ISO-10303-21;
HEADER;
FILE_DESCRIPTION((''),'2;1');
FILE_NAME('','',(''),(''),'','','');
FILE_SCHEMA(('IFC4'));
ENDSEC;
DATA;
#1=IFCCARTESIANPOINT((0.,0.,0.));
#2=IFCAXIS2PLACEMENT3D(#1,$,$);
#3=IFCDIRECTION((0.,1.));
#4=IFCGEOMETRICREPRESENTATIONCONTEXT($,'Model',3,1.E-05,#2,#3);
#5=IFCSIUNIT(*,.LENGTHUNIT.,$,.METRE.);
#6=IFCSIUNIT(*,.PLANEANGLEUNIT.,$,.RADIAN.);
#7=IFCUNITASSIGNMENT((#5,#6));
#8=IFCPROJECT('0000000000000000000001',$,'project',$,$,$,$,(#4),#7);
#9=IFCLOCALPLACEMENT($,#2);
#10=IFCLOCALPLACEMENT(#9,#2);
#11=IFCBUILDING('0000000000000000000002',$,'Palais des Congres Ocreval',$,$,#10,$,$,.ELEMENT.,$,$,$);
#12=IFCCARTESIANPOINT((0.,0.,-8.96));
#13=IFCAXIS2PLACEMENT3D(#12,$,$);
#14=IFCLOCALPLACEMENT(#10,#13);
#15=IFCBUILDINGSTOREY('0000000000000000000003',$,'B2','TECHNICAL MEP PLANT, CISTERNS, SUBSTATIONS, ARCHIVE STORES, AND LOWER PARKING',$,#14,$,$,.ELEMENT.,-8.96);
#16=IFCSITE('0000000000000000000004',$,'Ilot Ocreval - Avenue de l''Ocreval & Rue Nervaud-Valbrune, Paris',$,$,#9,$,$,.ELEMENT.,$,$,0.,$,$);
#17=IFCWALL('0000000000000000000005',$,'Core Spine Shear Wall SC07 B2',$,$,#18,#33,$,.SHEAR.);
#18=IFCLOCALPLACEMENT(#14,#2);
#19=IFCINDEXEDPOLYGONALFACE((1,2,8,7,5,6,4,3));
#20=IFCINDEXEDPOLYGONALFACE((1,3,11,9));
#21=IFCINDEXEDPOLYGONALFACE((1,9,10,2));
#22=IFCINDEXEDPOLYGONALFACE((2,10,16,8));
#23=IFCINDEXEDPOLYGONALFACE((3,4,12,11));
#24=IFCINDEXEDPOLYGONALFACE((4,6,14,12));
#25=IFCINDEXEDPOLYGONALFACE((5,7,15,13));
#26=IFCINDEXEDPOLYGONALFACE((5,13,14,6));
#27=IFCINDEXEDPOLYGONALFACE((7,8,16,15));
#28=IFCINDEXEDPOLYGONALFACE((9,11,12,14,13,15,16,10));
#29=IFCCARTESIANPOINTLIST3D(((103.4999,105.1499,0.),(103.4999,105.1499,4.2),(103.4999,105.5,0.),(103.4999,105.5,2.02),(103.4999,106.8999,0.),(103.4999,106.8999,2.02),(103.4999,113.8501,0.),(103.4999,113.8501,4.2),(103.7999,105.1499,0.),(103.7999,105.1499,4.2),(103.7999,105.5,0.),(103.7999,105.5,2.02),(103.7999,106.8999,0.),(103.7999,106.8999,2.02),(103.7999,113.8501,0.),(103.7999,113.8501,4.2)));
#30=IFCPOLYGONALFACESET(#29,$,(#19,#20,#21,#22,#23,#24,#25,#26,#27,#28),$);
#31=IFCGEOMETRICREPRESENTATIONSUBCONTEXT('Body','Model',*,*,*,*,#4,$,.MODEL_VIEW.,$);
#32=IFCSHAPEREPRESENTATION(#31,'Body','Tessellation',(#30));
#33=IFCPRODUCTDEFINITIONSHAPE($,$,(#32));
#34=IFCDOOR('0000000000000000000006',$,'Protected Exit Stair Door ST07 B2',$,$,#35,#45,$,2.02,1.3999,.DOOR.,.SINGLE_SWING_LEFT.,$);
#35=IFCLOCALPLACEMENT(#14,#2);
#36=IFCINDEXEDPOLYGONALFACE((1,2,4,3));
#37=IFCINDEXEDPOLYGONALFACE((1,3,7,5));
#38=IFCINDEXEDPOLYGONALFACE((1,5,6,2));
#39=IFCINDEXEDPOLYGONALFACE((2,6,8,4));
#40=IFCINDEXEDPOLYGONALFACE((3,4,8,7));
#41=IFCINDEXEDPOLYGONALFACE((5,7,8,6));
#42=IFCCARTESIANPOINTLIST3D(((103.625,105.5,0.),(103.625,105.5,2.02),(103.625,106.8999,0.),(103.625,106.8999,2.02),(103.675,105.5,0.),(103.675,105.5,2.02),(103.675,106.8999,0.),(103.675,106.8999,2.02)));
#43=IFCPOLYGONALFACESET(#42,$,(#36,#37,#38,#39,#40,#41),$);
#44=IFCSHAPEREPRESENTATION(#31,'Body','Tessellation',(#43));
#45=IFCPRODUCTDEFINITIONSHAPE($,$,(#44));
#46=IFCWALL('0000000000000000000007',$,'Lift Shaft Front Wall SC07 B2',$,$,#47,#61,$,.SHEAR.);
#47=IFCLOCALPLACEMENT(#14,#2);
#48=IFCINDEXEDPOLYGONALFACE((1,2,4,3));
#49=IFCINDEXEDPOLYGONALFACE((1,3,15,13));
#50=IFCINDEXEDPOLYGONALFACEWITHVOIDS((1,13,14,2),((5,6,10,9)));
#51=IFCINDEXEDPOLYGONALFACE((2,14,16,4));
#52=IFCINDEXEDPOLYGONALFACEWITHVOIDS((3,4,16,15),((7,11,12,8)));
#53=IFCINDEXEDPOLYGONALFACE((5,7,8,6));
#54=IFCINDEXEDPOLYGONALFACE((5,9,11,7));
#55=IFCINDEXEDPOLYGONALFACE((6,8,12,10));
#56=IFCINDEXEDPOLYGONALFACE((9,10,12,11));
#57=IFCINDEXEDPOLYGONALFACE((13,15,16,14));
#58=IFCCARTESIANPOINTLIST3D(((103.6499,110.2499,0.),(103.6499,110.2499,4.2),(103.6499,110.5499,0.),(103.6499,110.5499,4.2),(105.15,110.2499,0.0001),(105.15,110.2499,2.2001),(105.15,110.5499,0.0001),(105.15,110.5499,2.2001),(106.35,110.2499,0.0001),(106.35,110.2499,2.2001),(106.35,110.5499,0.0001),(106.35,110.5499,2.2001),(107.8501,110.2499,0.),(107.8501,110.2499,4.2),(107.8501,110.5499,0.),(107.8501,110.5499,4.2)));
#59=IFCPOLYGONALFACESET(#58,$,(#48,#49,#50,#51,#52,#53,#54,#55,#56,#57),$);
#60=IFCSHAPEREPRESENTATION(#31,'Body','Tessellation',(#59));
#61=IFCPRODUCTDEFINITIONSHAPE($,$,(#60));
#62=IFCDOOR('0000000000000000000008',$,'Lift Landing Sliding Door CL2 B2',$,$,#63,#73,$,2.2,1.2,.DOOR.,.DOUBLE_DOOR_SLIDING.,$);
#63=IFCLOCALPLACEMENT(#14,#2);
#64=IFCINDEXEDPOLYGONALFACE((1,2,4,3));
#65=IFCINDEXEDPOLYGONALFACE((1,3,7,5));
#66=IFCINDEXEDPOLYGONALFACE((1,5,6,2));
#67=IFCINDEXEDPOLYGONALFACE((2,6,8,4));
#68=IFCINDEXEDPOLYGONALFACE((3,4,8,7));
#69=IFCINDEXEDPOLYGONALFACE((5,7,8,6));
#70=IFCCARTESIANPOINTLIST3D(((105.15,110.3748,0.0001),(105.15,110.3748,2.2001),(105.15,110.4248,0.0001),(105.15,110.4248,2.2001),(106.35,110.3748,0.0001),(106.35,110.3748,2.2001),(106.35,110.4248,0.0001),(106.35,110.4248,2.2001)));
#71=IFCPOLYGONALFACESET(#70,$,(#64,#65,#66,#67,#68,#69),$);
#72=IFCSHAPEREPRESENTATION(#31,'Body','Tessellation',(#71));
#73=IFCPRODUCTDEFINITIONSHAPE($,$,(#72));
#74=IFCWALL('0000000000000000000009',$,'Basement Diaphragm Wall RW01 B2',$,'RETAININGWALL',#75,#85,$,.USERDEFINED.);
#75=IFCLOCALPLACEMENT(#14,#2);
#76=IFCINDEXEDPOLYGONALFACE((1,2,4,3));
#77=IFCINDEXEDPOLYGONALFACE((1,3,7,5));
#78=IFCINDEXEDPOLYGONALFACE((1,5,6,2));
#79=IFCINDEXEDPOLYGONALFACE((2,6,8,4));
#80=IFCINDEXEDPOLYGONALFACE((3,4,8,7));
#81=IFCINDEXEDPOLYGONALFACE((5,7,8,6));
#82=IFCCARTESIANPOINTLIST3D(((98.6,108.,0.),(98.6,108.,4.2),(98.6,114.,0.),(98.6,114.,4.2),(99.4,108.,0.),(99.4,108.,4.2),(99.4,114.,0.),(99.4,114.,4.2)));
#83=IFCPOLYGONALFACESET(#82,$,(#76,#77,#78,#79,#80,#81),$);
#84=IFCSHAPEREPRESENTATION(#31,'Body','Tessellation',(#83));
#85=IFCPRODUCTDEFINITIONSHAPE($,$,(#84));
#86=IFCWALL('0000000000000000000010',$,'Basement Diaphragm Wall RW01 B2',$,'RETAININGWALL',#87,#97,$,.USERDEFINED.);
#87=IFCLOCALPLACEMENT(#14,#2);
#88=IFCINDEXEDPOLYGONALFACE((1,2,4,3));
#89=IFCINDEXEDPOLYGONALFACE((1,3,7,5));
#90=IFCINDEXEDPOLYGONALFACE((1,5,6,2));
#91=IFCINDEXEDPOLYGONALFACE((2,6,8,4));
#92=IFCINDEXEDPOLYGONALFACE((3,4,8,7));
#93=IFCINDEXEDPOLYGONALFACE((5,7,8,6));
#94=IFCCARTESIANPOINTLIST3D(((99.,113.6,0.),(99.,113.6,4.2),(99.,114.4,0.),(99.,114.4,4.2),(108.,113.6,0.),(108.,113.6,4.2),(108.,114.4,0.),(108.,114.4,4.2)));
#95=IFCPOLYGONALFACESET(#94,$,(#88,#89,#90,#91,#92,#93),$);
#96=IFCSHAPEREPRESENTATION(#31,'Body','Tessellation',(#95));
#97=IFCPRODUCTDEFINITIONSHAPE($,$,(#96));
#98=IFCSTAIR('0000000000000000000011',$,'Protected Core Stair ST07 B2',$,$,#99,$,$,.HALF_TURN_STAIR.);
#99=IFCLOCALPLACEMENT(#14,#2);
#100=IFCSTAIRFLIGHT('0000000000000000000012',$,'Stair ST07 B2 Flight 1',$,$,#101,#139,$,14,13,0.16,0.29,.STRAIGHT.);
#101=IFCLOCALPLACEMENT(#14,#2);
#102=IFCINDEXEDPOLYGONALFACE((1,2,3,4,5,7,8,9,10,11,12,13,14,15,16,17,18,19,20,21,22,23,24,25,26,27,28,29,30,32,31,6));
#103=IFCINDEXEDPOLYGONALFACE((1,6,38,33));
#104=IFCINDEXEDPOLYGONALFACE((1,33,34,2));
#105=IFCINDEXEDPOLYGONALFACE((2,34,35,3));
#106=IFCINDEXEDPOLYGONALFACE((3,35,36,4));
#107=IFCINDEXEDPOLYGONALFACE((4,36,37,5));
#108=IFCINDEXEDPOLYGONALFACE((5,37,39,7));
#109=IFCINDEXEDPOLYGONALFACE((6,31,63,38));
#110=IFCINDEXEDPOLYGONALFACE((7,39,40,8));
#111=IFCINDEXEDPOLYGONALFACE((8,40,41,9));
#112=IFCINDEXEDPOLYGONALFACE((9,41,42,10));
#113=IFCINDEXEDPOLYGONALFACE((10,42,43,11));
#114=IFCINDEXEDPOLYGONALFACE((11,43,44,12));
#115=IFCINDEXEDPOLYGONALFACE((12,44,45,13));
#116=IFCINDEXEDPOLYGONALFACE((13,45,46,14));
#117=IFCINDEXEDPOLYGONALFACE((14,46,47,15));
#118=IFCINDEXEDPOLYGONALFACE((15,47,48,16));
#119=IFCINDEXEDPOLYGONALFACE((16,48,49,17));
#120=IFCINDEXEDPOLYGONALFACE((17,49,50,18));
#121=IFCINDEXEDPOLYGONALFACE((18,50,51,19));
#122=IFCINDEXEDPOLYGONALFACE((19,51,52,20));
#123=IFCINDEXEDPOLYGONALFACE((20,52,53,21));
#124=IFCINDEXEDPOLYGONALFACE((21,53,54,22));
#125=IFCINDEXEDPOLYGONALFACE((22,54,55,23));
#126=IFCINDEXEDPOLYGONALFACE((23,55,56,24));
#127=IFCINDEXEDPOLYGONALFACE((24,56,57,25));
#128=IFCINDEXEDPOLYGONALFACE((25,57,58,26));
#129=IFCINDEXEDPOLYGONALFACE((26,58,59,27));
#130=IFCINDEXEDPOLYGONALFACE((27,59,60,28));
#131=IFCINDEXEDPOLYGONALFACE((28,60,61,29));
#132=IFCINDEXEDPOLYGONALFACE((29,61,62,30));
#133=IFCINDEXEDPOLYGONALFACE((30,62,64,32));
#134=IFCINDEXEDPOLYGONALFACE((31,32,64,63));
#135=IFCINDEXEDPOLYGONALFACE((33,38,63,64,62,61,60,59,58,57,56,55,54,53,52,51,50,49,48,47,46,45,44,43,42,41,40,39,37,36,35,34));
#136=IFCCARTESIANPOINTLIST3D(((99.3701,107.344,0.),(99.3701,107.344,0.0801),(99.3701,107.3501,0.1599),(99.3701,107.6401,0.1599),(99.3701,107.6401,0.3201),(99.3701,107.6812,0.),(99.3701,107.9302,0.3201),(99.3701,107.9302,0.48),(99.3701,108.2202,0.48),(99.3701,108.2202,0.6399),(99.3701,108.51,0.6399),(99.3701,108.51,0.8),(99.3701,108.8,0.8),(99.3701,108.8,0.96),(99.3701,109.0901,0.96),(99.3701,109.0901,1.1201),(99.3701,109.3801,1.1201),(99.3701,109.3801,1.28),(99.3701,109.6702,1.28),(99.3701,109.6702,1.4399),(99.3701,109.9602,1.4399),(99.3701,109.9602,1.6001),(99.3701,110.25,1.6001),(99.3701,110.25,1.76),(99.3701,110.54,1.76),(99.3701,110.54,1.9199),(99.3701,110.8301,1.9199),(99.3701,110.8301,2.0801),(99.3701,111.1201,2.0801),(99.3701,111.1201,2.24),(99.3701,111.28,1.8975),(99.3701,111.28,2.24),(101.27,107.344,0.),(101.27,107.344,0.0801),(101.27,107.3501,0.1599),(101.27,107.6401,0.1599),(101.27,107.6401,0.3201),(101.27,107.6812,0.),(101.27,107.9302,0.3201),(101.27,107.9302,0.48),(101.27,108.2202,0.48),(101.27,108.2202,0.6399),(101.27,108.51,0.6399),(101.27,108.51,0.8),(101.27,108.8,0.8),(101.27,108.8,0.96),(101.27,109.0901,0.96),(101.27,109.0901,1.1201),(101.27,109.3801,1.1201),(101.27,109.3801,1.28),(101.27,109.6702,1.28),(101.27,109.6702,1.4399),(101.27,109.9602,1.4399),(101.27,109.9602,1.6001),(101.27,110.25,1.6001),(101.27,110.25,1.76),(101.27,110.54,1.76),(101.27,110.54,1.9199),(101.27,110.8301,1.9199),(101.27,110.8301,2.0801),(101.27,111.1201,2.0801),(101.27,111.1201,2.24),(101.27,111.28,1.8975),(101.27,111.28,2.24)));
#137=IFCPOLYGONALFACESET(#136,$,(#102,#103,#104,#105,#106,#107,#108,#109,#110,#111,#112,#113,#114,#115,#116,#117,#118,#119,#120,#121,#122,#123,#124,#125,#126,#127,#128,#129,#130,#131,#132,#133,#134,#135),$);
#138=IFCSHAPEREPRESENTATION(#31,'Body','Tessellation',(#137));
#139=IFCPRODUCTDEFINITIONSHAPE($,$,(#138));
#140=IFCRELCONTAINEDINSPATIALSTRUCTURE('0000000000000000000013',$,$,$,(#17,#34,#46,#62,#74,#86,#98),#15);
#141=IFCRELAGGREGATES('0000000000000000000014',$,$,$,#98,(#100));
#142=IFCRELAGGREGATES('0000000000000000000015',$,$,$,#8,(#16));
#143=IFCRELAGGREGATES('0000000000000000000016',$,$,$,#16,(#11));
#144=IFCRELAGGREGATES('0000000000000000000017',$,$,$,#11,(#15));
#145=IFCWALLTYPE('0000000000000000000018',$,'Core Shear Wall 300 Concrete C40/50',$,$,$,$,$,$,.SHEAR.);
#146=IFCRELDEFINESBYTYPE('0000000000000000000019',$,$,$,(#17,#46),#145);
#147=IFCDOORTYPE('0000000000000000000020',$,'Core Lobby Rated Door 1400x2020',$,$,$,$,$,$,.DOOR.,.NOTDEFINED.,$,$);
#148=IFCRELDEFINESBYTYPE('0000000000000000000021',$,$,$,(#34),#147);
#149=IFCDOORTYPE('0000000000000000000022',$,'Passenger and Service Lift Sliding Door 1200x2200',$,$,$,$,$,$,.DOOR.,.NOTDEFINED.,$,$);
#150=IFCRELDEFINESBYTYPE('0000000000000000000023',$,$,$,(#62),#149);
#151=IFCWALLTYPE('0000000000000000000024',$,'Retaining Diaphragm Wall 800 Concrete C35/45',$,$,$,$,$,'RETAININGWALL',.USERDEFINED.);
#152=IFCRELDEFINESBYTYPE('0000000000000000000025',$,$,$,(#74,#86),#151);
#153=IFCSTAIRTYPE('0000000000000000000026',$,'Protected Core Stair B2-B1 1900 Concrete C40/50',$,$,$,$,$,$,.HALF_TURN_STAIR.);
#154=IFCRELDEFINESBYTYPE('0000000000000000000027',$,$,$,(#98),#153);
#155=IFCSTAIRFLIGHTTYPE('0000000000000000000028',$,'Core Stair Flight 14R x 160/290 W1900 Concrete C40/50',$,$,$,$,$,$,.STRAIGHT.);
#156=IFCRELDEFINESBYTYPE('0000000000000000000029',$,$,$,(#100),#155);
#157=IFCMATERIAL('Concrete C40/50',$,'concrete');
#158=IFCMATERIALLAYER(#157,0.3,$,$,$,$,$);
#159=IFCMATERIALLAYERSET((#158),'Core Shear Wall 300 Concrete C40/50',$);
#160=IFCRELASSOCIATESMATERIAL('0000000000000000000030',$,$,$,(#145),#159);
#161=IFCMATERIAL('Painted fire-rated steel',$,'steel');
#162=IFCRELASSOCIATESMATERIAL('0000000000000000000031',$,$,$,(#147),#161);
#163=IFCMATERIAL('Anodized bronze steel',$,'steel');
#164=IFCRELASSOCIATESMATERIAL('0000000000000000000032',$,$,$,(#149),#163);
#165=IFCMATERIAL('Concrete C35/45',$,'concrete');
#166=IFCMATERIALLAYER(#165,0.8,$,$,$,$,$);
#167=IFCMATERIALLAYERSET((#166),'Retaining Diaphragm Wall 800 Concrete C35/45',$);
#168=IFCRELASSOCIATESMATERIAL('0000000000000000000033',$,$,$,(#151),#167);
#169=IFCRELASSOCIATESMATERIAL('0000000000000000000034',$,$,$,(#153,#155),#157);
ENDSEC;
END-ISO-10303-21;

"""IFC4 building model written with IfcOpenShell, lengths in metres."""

from ifc_helpers import new_model, si_unit, direction, frame, frame_2d, origin, place, context, subcontext, project, spatial, polyline, rectangle, outline, extrude, material, layer, layer_set, type_object, element, fill, aggregate, save


model = new_model("IFC4")

# Units and contexts
model_context = context("Model", 3, precision=1e-05, world=origin(), true_north=direction((0.0, 1.0)))
body_context = subcontext(model_context, "Body", "Model", "MODEL_VIEW")
ifc_project = project(units=[si_unit("LENGTHUNIT", "METRE"), si_unit("PLANEANGLEUNIT", "RADIAN")], contexts=[model_context])

# Site, building, storey
site_placement = place(None, origin())
site = spatial("IfcSite", under=ifc_project, at=site_placement, Name="Ilot Ocreval - Avenue de l'Ocreval & Rue Nervaud-Valbrune, Paris", CompositionType="ELEMENT", RefElevation=0.0)
building_placement = place(site_placement, origin())
building = spatial("IfcBuilding", under=site, at=building_placement, Name="Palais des Congres Ocreval", CompositionType="ELEMENT")
storey_placement = place(building_placement, frame((0.0, 0.0, -8.96)))
storey = spatial("IfcBuildingStorey", under=building, at=storey_placement, Name="B2", Description="TECHNICAL MEP PLANT, CISTERNS, SUBSTATIONS, ARCHIVE STORES, AND LOWER PARKING", CompositionType="ELEMENT", Elevation=-8.96)

# Shared definitions
ifc_material_1 = material(Name="Concrete C35/45", Category="concrete")

# Walls, openings, doors
ifc_material_2 = material(Name="Concrete C40/50", Category="concrete")
ifc_layer_1 = layer(ifc_material_2, 0.3)
ifc_layer_set_1 = layer_set([ifc_layer_1], Name="Core Shear Wall 300 Concrete C40/50")
wall_type_1 = type_object("IfcWallType", Name="Core Shear Wall 300 Concrete C40/50", PredefinedType="SHEAR", material=ifc_layer_set_1)
ifc_material_3 = material(Name="Painted fire-rated steel", Category="steel")
door_type_1 = type_object("IfcDoorType", Name="Core Lobby Rated Door 1400x2020", OperationType="NOTDEFINED", PredefinedType="DOOR", material=ifc_material_3)
wall_1_placement = place(storey_placement, frame((103.6499, 105.1499, 0.0), z_axis=(0.0, 0.0, 1.0), x_axis=(0.0, 1.0, 0.0)))
wall_1 = element("IfcWall", 1, at=wall_1_placement, inside=storey, type_object=wall_type_1, Name="Core Spine Shear Wall SC07 B2", PredefinedType="SHEAR", context=body_context, shape_type="SweptSolid", body=[
    extrude(rectangle(XDim=8.7002, YDim=0.3, at=frame_2d((4.3501, 0.0))), origin(), (0.0, 0.0, 1.0), 4.2),
])
opening_1_placement = place(wall_1_placement, frame((0.3501, 0.0, 0.0)))
opening_1 = element("IfcOpeningElement", 2, at=opening_1_placement, cuts=wall_1, PredefinedType="OPENING", context=body_context, shape_type="SweptSolid", body=[
    extrude(rectangle(XDim=1.3999, YDim=2.02, at=frame_2d((0.7, 1.01))), frame((0.0, 0.1599, 0.0), z_axis=(0.0, -1.0, 0.0), x_axis=(1.0, 0.0, 0.0)), (0.0, 0.0, 1.0), 0.3201),
])
door_1_placement = place(opening_1_placement, origin())
door_1 = element("IfcDoor", 3, at=door_1_placement, inside=storey, type_object=door_type_1, Name="Protected Exit Stair Door ST07 B2", OperationType="SINGLE_SWING_LEFT", OverallHeight=2.02, OverallWidth=1.3999, PredefinedType="DOOR", context=body_context, shape_type="SweptSolid", body=[
    extrude(rectangle(XDim=1.3999, YDim=2.02, at=frame_2d((0.7, 1.01))), frame((0.0, 0.0249, 0.0), z_axis=(0.0, -1.0, 0.0), x_axis=(1.0, 0.0, 0.0)), (0.0, 0.0, 1.0), 0.05),
])
fill(opening_1, door_1)
wall_2_placement = place(storey_placement, frame((103.6499, 110.3999, 0.0), z_axis=(0.0, 0.0, 1.0), x_axis=(1.0, 0.0, 0.0)))
wall_2 = element("IfcWall", 4, at=wall_2_placement, inside=storey, type_object=wall_type_1, Name="Lift Shaft Front Wall SC07 B2", PredefinedType="SHEAR", context=body_context, shape_type="SweptSolid", body=[
    extrude(rectangle(XDim=4.2002, YDim=0.3, at=frame_2d((2.1001, 0.0))), origin(), (0.0, 0.0, 1.0), 4.2),
])
opening_2_placement = place(wall_2_placement, frame((1.5, 0.0, 0.0)))
opening_2 = element("IfcOpeningElement", 5, at=opening_2_placement, cuts=wall_2, PredefinedType="OPENING", context=body_context, shape_type="SweptSolid", body=[
    extrude(rectangle(XDim=1.2, YDim=2.2, at=frame_2d((0.6001, 1.1001))), frame((0.0, 0.1599, 0.0), z_axis=(0.0, -1.0, 0.0), x_axis=(1.0, 0.0, 0.0)), (0.0, 0.0, 1.0), 0.3201),
])
ifc_material_4 = material(Name="Anodized bronze steel", Category="steel")
door_type_2 = type_object("IfcDoorType", Name="Passenger and Service Lift Sliding Door 1200x2200", OperationType="NOTDEFINED", PredefinedType="DOOR", material=ifc_material_4)
door_2_placement = place(opening_2_placement, origin())
door_2 = element("IfcDoor", 6, at=door_2_placement, inside=storey, type_object=door_type_2, Name="Lift Landing Sliding Door CL2 B2", OperationType="DOUBLE_DOOR_SLIDING", OverallHeight=2.2, OverallWidth=1.2, PredefinedType="DOOR", context=body_context, shape_type="SweptSolid", body=[
    extrude(rectangle(XDim=1.2, YDim=2.2, at=frame_2d((0.6001, 1.1001))), frame((0.0, 0.0249, 0.0), z_axis=(0.0, -1.0, 0.0), x_axis=(1.0, 0.0, 0.0)), (0.0, 0.0, 1.0), 0.05),
])
fill(opening_2, door_2)

# Walls
ifc_layer_2 = layer(ifc_material_1, 0.8)
ifc_layer_set_2 = layer_set([ifc_layer_2], Name="Retaining Diaphragm Wall 800 Concrete C35/45")
wall_type_2 = type_object("IfcWallType", Name="Retaining Diaphragm Wall 800 Concrete C35/45", ElementType="RETAININGWALL", PredefinedType="USERDEFINED", material=ifc_layer_set_2)
wall_3_placement = place(storey_placement, frame((99.0, 108.0, 0.0), z_axis=(0.0, 0.0, 1.0), x_axis=(0.0, 1.0, 0.0)))
element("IfcWall", 7, at=wall_3_placement, inside=storey, type_object=wall_type_2, Name="Basement Diaphragm Wall RW01 B2", ObjectType="RETAININGWALL", PredefinedType="USERDEFINED", context=body_context, shape_type="SweptSolid", body=[
    extrude(rectangle(XDim=6.0, YDim=0.8, at=frame_2d((3.0, 0.0))), origin(), (0.0, 0.0, 1.0), 4.2),
])
wall_4_placement = place(storey_placement, frame((99.0, 114.0, 0.0), z_axis=(0.0, 0.0, 1.0), x_axis=(1.0, 0.0, 0.0)))
element("IfcWall", 8, at=wall_4_placement, inside=storey, type_object=wall_type_2, Name="Basement Diaphragm Wall RW01 B2", ObjectType="RETAININGWALL", PredefinedType="USERDEFINED", context=body_context, shape_type="SweptSolid", body=[
    extrude(rectangle(XDim=9.0, YDim=0.8, at=frame_2d((4.5, 0.0))), origin(), (0.0, 0.0, 1.0), 4.2),
])

# Stair, stair flight
stair_type = type_object("IfcStairType", Name="Protected Core Stair B2-B1 1900 Concrete C40/50", PredefinedType="HALF_TURN_STAIR", material=ifc_material_2)
stair_placement = place(storey_placement, origin())
stair = element("IfcStair", 9, at=stair_placement, inside=storey, type_object=stair_type, Name="Protected Core Stair ST07 B2", PredefinedType="HALF_TURN_STAIR")
stair_flight_type = type_object("IfcStairFlightType", Name="Core Stair Flight 14R x 160/290 W1900 Concrete C40/50", PredefinedType="STRAIGHT", material=ifc_material_2)
stair_flight_1_placement = place(storey_placement, frame((100.3201, 107.3501, 0.0), z_axis=(0.0, 0.0, 1.0), x_axis=(0.0, 1.0, 0.0)))
stair_flight_1 = element("IfcStairFlight", 10, at=stair_flight_1_placement, type_object=stair_flight_type, Name="Stair ST07 B2 Flight 1", NumberOfRisers=14, NumberOfTreads=13, PredefinedType="STRAIGHT", RiserHeight=0.16, TreadLength=0.29, context=body_context, shape_type="SweptSolid", body=[
    extrude(outline(polyline([(-0.0061, 0.0), (-0.0061, 0.0801), (0.0, 0.1599), (0.29, 0.1599), (0.29, 0.3201), (0.5801, 0.3201), (0.5801, 0.48), (0.8701, 0.48), (0.8701, 0.6399), (1.1599, 0.6399), (1.1599, 0.8), (1.45, 0.8), (1.45, 0.96), (1.74, 0.96), (1.74, 1.1201), (2.03, 1.1201), (2.03, 1.28), (2.3201, 1.28), (2.3201, 1.4399), (2.6101, 1.4399), (2.6101, 1.6001), (2.8999, 1.6001), (2.8999, 1.76), (3.1899, 1.76), (3.1899, 1.9199), (3.48, 1.9199), (3.48, 2.0801), (3.77, 2.0801), (3.77, 2.24), (3.9299, 2.24), (3.9299, 1.8975), (0.3311, 0.0), (-0.0061, 0.0)])), frame((0.0, 0.95, 0.0), z_axis=(0.0, -1.0, 0.0), x_axis=(1.0, 0.0, 0.0)), (0.0, 0.0, 1.0), 1.8999),
])
aggregate(stair, [stair_flight_1])

save(model, "model.ifc")
